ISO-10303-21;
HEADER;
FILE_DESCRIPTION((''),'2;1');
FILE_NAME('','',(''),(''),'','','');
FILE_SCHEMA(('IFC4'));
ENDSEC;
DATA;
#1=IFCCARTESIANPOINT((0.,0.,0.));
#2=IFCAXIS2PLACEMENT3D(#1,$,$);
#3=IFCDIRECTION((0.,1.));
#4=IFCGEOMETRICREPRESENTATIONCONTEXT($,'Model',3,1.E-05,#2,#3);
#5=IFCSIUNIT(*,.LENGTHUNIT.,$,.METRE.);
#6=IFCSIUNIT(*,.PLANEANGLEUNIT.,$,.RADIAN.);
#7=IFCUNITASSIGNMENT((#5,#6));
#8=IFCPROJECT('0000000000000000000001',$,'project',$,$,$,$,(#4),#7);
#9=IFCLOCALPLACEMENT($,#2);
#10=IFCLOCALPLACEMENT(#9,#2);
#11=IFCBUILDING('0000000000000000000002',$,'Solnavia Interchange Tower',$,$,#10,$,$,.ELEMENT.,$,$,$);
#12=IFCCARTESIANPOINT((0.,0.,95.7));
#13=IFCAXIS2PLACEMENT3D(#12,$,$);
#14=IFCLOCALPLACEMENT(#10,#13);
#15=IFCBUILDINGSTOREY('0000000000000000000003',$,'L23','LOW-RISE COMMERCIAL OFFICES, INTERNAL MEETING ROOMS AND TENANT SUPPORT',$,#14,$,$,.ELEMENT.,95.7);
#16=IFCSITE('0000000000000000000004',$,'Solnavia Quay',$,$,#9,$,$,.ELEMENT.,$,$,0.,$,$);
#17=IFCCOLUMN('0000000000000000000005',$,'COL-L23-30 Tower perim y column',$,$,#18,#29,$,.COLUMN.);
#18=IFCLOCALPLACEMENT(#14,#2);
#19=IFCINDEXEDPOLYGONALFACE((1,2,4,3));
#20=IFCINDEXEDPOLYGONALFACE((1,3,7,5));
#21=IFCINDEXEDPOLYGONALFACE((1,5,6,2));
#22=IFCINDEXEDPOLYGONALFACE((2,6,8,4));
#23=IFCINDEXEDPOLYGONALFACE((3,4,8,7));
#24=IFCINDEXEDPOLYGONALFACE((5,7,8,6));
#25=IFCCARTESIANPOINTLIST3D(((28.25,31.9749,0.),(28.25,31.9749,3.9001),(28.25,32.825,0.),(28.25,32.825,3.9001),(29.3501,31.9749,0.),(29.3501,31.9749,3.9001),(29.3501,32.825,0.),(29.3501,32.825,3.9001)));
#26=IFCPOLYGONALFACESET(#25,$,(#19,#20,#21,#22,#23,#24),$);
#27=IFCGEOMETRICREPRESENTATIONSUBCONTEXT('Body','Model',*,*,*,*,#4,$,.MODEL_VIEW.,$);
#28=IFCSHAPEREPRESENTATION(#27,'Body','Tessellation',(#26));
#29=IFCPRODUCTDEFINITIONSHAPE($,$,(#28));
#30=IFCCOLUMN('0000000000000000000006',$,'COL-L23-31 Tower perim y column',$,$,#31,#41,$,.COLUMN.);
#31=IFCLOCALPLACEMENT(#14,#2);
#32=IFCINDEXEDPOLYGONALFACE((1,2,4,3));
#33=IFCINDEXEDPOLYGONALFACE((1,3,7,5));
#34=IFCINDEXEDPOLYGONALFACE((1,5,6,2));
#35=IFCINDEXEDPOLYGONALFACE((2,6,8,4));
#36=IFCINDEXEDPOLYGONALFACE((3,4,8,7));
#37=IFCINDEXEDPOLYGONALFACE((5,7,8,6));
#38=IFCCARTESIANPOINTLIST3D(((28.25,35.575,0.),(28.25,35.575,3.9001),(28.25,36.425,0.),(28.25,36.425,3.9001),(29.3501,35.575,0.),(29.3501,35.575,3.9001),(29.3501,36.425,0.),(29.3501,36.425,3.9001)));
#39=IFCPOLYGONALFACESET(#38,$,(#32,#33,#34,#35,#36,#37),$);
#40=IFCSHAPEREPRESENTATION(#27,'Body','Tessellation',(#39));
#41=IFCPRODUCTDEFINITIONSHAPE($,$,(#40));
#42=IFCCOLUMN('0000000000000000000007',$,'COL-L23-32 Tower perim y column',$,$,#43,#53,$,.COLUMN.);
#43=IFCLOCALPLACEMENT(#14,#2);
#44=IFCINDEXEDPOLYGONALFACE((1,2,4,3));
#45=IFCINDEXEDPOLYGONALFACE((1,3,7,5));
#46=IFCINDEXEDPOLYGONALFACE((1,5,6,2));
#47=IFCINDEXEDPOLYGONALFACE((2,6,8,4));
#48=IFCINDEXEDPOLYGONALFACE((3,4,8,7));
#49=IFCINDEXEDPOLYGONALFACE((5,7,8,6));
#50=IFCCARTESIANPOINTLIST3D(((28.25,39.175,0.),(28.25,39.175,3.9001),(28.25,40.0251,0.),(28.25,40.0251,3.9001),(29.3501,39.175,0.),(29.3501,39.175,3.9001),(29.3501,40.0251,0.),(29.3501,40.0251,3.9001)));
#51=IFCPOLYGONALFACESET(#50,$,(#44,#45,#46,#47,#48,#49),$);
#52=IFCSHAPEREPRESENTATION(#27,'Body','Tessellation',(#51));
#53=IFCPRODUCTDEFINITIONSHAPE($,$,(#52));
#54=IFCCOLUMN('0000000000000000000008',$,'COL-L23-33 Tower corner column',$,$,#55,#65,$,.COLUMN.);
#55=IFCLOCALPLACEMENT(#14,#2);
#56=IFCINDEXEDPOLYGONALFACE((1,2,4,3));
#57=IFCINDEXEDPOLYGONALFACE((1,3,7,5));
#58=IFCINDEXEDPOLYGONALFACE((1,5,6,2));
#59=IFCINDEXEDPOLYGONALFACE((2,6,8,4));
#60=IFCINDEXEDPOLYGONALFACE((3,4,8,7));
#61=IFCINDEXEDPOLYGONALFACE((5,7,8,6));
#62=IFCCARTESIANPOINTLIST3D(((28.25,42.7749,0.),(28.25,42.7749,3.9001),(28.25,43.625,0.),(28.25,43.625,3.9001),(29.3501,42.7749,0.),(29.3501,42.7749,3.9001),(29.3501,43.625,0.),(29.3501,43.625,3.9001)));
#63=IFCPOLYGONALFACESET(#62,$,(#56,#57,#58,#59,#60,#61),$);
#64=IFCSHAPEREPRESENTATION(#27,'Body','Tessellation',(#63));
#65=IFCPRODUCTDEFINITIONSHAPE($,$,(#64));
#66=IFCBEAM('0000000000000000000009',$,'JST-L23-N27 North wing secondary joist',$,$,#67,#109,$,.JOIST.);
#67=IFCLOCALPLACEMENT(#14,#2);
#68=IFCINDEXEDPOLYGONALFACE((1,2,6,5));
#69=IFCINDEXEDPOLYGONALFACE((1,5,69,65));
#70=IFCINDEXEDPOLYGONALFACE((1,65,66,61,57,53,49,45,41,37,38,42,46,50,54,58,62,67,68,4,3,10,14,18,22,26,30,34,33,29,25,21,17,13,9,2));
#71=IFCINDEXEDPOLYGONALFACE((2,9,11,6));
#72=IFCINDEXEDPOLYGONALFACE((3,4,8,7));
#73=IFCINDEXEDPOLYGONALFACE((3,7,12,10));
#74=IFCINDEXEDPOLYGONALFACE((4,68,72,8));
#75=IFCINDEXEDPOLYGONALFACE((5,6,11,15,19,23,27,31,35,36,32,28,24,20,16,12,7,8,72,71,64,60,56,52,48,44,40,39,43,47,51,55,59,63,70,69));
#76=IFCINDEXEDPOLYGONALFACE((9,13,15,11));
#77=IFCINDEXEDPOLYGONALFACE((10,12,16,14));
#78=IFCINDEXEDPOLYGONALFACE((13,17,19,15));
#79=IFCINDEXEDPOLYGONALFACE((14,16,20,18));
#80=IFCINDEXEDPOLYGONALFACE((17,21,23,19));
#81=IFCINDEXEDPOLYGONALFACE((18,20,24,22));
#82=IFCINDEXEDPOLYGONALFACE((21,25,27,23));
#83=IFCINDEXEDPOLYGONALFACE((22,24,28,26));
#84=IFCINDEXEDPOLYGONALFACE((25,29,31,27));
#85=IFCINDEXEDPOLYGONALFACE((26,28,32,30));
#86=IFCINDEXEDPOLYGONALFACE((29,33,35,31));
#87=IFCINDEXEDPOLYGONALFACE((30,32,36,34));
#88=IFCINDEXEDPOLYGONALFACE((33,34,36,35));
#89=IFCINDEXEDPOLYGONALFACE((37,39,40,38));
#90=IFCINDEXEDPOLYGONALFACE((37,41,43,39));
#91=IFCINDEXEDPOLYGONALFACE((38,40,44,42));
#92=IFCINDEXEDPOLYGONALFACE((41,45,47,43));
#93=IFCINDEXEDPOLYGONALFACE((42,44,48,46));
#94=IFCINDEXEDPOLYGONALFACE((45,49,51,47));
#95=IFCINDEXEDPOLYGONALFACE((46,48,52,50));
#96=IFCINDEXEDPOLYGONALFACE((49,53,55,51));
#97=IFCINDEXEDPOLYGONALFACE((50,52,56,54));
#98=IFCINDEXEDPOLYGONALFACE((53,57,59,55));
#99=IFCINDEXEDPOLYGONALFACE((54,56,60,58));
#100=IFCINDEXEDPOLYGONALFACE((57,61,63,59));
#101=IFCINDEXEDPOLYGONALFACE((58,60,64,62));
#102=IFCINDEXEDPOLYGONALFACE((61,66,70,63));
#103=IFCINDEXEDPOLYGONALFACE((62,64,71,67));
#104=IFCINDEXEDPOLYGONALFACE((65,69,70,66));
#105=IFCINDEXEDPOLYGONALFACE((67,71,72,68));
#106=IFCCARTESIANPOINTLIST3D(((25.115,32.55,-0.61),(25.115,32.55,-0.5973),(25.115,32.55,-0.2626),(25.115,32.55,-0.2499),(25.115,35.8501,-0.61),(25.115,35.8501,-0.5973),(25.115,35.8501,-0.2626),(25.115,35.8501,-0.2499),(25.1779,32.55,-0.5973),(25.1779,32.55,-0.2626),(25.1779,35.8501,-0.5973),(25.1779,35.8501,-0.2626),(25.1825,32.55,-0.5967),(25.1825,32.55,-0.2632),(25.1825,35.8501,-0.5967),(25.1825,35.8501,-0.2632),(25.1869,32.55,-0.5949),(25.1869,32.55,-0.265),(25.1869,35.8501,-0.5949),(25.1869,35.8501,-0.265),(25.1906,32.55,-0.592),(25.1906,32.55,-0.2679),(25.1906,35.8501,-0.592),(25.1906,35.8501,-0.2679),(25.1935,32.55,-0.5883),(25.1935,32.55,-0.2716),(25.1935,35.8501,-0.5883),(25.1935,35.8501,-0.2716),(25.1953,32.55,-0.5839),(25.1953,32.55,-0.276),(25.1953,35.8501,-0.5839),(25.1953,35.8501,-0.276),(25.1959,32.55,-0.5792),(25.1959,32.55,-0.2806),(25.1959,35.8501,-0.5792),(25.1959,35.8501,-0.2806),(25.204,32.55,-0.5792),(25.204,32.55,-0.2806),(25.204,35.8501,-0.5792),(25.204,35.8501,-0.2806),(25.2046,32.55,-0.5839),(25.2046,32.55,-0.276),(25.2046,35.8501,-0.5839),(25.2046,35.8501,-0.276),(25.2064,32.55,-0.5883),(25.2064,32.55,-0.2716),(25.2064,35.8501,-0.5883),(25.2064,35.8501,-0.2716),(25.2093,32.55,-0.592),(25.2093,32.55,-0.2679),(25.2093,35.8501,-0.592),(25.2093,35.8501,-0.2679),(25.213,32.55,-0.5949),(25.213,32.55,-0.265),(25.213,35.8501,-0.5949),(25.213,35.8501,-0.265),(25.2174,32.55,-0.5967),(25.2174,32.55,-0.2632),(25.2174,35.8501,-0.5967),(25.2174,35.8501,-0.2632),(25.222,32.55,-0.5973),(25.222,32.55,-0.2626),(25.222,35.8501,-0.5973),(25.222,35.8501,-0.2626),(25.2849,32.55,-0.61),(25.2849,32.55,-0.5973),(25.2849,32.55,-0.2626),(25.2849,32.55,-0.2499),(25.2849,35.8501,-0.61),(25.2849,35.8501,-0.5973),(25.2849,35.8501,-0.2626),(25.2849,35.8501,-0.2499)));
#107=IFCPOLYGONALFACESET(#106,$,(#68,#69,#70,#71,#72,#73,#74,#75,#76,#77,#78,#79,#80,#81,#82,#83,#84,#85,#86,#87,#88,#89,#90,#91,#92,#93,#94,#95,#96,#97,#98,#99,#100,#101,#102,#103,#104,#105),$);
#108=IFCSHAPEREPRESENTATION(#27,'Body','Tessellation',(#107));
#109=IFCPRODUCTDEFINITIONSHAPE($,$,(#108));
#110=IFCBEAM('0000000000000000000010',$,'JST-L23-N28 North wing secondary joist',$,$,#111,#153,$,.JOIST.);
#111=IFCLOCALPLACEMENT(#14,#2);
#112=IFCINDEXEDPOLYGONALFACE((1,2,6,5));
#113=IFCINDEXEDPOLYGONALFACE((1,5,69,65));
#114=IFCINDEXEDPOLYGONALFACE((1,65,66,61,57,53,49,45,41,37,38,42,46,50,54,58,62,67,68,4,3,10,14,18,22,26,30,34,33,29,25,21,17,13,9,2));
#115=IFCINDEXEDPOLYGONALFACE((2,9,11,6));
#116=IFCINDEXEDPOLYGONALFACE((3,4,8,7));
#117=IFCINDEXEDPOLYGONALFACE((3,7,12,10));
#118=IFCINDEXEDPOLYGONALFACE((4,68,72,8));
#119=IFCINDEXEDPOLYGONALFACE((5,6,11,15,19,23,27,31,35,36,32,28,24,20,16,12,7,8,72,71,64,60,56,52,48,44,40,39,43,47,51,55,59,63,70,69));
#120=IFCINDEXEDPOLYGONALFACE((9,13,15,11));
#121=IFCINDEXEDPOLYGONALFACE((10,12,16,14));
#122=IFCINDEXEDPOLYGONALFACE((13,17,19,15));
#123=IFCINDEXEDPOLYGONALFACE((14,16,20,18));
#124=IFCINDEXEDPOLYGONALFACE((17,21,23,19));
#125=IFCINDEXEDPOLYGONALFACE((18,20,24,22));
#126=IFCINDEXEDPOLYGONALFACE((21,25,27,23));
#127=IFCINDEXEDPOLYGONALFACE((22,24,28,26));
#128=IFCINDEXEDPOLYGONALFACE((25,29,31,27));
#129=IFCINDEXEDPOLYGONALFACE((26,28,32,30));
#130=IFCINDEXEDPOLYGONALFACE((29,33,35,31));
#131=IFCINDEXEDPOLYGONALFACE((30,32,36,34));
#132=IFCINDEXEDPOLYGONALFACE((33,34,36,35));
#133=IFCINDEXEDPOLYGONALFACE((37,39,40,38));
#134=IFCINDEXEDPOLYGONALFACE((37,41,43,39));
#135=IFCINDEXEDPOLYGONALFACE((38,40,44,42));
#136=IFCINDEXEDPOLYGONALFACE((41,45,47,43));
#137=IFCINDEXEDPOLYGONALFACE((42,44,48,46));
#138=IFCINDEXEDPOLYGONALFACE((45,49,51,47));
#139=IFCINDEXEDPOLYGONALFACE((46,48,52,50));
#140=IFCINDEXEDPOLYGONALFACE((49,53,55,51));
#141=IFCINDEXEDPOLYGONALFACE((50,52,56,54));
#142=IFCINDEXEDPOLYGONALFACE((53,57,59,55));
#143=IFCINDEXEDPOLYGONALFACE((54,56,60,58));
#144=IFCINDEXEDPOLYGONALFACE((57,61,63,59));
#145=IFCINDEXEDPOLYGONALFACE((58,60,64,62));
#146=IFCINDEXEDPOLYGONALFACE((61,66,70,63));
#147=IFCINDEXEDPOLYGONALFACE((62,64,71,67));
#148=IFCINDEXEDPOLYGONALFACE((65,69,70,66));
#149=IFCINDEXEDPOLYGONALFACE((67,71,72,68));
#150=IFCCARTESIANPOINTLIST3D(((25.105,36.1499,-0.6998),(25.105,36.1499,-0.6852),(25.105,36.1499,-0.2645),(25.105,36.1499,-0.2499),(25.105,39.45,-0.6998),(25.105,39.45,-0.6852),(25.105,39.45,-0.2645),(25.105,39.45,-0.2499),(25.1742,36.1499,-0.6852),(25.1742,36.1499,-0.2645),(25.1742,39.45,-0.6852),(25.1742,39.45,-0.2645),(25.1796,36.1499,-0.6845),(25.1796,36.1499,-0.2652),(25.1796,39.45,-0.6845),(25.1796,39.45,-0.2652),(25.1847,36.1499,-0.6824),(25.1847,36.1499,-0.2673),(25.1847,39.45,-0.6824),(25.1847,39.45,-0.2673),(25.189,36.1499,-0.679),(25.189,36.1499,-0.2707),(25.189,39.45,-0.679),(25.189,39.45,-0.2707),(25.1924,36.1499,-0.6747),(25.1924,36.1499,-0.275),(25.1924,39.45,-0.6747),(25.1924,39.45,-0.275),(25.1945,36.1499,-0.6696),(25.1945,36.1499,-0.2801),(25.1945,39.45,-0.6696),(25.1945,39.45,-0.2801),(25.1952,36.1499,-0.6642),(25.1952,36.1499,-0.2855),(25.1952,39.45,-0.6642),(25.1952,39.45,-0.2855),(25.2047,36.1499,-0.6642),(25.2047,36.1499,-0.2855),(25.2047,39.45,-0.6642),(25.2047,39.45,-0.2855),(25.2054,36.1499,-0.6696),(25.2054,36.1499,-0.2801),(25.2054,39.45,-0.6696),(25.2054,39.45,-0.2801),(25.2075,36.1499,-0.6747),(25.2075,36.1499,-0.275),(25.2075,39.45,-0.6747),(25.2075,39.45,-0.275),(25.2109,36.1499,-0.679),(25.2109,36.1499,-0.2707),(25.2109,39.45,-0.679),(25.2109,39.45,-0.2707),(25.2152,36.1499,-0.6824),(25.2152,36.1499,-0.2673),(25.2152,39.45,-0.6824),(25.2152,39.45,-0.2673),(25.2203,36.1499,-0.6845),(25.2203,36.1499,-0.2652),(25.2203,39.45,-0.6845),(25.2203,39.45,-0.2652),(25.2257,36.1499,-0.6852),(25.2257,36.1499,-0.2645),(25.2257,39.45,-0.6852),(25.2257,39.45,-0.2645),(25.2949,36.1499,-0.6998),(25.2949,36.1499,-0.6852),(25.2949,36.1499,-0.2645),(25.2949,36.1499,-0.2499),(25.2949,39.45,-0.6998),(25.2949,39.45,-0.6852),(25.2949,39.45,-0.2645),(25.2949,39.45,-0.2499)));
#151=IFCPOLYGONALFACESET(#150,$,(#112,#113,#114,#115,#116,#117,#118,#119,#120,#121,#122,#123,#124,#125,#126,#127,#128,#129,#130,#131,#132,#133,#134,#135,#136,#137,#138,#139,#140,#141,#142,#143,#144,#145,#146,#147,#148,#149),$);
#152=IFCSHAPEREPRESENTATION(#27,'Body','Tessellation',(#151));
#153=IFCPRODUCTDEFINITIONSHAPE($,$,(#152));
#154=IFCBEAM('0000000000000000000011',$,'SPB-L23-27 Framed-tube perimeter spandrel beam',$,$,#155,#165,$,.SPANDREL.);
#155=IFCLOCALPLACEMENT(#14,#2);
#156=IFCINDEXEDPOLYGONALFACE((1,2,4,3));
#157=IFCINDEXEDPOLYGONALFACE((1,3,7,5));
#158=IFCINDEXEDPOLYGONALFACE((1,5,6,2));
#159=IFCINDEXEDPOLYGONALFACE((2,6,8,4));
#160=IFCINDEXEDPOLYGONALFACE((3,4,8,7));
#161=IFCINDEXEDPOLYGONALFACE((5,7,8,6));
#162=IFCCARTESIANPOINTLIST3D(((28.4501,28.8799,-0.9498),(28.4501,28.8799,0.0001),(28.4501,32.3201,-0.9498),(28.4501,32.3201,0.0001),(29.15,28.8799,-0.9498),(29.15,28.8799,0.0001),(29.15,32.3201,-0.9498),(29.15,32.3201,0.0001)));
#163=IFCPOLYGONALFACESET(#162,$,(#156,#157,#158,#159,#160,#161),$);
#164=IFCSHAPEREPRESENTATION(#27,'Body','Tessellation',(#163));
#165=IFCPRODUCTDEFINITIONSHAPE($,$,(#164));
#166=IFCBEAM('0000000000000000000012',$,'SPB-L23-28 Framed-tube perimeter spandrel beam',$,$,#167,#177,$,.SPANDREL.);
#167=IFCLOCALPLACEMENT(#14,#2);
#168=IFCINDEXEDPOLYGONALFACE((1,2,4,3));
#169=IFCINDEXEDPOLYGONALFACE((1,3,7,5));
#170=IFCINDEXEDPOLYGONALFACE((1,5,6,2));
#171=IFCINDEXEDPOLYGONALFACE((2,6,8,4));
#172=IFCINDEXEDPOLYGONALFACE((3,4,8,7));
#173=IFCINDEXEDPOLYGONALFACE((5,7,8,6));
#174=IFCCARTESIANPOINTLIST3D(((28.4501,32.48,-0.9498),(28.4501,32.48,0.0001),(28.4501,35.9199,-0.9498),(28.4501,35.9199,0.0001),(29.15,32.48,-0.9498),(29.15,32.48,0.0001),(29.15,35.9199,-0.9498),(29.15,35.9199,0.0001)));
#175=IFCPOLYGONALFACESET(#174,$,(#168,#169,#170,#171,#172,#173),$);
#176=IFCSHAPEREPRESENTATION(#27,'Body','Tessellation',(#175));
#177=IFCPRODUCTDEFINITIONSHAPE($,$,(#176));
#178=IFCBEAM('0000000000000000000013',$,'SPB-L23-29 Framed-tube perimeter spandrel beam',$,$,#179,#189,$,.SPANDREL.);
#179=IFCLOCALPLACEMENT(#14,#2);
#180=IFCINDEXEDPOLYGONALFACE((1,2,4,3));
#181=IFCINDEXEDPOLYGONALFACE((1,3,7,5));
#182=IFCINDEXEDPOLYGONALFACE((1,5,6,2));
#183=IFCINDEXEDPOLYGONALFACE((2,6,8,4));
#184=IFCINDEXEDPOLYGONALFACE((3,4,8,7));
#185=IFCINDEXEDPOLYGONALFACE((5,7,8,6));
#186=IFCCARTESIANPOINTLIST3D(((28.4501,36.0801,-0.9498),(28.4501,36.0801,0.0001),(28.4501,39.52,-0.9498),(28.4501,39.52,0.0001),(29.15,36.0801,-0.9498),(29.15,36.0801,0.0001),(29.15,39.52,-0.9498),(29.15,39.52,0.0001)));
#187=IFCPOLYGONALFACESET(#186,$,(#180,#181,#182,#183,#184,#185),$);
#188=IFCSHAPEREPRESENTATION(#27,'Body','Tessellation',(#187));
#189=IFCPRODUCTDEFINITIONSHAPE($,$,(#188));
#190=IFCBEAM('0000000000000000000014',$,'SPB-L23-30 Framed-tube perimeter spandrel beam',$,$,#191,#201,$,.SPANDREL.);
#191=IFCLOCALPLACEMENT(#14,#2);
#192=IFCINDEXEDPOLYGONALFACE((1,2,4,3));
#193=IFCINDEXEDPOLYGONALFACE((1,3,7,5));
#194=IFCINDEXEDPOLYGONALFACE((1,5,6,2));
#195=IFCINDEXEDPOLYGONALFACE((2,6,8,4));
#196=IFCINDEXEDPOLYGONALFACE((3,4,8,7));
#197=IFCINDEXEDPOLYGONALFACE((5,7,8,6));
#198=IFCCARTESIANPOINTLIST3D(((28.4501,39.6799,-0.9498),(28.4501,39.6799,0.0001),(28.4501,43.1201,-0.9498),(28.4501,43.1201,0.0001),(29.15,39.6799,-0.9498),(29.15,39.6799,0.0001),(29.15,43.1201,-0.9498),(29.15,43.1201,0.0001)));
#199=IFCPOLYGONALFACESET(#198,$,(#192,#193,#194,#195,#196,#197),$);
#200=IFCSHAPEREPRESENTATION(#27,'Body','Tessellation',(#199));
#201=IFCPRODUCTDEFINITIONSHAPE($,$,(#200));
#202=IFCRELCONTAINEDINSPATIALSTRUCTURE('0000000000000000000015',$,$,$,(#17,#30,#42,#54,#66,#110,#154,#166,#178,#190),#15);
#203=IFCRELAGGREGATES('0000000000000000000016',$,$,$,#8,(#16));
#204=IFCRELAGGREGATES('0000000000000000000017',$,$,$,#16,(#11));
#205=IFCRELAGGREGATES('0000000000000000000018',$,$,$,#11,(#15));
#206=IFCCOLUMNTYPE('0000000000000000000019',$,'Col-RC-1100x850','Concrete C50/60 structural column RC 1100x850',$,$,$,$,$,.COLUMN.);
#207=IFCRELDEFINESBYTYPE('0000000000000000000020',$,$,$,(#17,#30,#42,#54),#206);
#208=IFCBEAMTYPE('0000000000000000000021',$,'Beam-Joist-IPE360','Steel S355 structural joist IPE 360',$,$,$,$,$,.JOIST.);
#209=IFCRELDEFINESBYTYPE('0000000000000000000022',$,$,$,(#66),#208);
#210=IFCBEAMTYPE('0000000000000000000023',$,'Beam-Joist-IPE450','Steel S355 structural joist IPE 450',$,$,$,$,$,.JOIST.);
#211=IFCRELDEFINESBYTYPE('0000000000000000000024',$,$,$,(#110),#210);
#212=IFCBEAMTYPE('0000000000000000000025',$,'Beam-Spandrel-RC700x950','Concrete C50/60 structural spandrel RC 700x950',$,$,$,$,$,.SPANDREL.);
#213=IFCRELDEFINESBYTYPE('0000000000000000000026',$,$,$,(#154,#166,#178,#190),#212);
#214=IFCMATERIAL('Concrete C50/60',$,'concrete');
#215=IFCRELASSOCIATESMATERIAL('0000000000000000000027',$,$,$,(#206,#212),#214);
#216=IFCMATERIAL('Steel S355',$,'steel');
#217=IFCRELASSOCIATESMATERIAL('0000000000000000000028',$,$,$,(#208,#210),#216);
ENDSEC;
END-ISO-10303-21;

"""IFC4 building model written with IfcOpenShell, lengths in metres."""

from ifc_helpers import new_model, si_unit, direction, frame, origin, origin_2d, place, context, subcontext, project, spatial, rectangle, i_section, extrude, material, material_profile, profile_set, type_object, element, save


model = new_model("IFC4")

# Units and contexts
model_context = context("Model", 3, precision=1e-05, world=origin(), true_north=direction((0.0, 1.0)))
body_context = subcontext(model_context, "Body", "Model", "MODEL_VIEW")
ifc_project = project(units=[si_unit("LENGTHUNIT", "METRE"), si_unit("PLANEANGLEUNIT", "RADIAN")], contexts=[model_context])

# Site, building, storey
site_placement = place(None, origin())
site = spatial("IfcSite", under=ifc_project, at=site_placement, Name="Solnavia Quay", CompositionType="ELEMENT", RefElevation=0.0)
building_placement = place(site_placement, origin())
building = spatial("IfcBuilding", under=site, at=building_placement, Name="Solnavia Interchange Tower", CompositionType="ELEMENT")
storey_placement = place(building_placement, frame((0.0, 0.0, 95.7)))
storey = spatial("IfcBuildingStorey", under=building, at=storey_placement, Name="L23", Description="LOW-RISE COMMERCIAL OFFICES, INTERNAL MEETING ROOMS AND TENANT SUPPORT", CompositionType="ELEMENT", Elevation=95.7)

# Columns
ifc_material_1 = material(Name="Concrete C50/60", Category="concrete")
ifc_material_profile_1 = material_profile(ifc_material_1, rectangle(XDim=0.8501, YDim=1.1001, at=origin_2d()), Name="RC 1100x850")
ifc_profile_set_1 = profile_set([ifc_material_profile_1], Name="Concrete C50/60")
column_type = type_object("IfcColumnType", Name="Col-RC-1100x850", Description="Concrete C50/60 structural column RC 1100x850", PredefinedType="COLUMN", material=ifc_profile_set_1)
for number, where, z_axis, x_axis, name in (
    (1, (28.8, 32.3999, 0.0), (0.0, 0.0, 1.0), (0.0, 1.0, 0.0), "COL-L23-30 Tower perim y column"),
    (2, (28.8, 36.0, 0.0), (0.0, 0.0, 1.0), (0.0, 1.0, 0.0), "COL-L23-31 Tower perim y column"),
    (3, (28.8, 39.6001, 0.0), (0.0, 0.0, 1.0), (0.0, 1.0, 0.0), "COL-L23-32 Tower perim y column"),
    (4, (28.8, 43.2, 0.0), (0.0, 0.0, 1.0), (0.0, 1.0, 0.0), "COL-L23-33 Tower corner column"),
):
    element("IfcColumn", number, at=place(storey_placement, frame(where, z_axis=z_axis, x_axis=x_axis)), inside=storey, type_object=column_type, Name=name, PredefinedType="COLUMN", context=body_context, shape_type="SweptSolid", body=[
        extrude(rectangle(XDim=0.8501, YDim=1.1001, at=origin_2d()), origin(), (0.0, 0.0, 1.0), 3.9001),
    ])

# Beams
ifc_material_2 = material(Name="Steel S355", Category="steel")
ifc_material_profile_2 = material_profile(ifc_material_2, i_section(OverallWidth=0.1699, OverallDepth=0.3601, WebThickness=0.0081, FlangeThickness=0.0127, FilletRadius=0.0181, at=origin_2d()), Name="IPE 360")
ifc_profile_set_2 = profile_set([ifc_material_profile_2], Name="Steel S355")
beam_type_1 = type_object("IfcBeamType", Name="Beam-Joist-IPE360", Description="Steel S355 structural joist IPE 360", PredefinedType="JOIST", material=ifc_profile_set_2)
beam_1_placement = place(storey_placement, frame((25.2, 32.55, -0.4299), z_axis=(0.0, 1.0, 0.0), x_axis=(-1.0, 0.0, 0.0)))
element("IfcBeam", 5, at=beam_1_placement, inside=storey, type_object=beam_type_1, Name="JST-L23-N27 North wing secondary joist", PredefinedType="JOIST", context=body_context, shape_type="SweptSolid", body=[
    extrude(i_section(OverallWidth=0.1699, OverallDepth=0.3601, WebThickness=0.0081, FlangeThickness=0.0127, FilletRadius=0.0181, at=origin_2d()), origin(), (0.0, 0.0, 1.0), 3.3),
])
ifc_material_profile_3 = material_profile(ifc_material_2, i_section(OverallWidth=0.1899, OverallDepth=0.45, WebThickness=0.0095, FlangeThickness=0.0146, FilletRadius=0.021, at=origin_2d()), Name="IPE 450")
ifc_profile_set_3 = profile_set([ifc_material_profile_3], Name="Steel S355")
beam_type_2 = type_object("IfcBeamType", Name="Beam-Joist-IPE450", Description="Steel S355 structural joist IPE 450", PredefinedType="JOIST", material=ifc_profile_set_3)
beam_2_placement = place(storey_placement, frame((25.2, 36.1499, -0.4749), z_axis=(0.0, 1.0, 0.0), x_axis=(-1.0, 0.0, 0.0)))
element("IfcBeam", 6, at=beam_2_placement, inside=storey, type_object=beam_type_2, Name="JST-L23-N28 North wing secondary joist", PredefinedType="JOIST", context=body_context, shape_type="SweptSolid", body=[
    extrude(i_section(OverallWidth=0.1899, OverallDepth=0.45, WebThickness=0.0095, FlangeThickness=0.0146, FilletRadius=0.021, at=origin_2d()), origin(), (0.0, 0.0, 1.0), 3.3),
])
ifc_material_profile_4 = material_profile(ifc_material_1, rectangle(XDim=0.7, YDim=0.95, at=origin_2d()), Name="RC 700x950")
ifc_profile_set_4 = profile_set([ifc_material_profile_4], Name="Concrete C50/60")
beam_type_3 = type_object("IfcBeamType", Name="Beam-Spandrel-RC700x950", Description="Concrete C50/60 structural spandrel RC 700x950", PredefinedType="SPANDREL", material=ifc_profile_set_4)
beam_3_placement = place(storey_placement, frame((28.8, 28.8799, -0.4749), z_axis=(0.0, 1.0, 0.0), x_axis=(-1.0, 0.0, 0.0)))
element("IfcBeam", 7, at=beam_3_placement, inside=storey, type_object=beam_type_3, Name="SPB-L23-27 Framed-tube perimeter spandrel beam", PredefinedType="SPANDREL", context=body_context, shape_type="SweptSolid", body=[
    extrude(rectangle(XDim=0.7, YDim=0.95, at=origin_2d()), origin(), (0.0, 0.0, 1.0), 3.4402),
])
for number, where, z_axis, x_axis, name in (
    (8, (28.8, 32.48, -0.4749), (0.0, 1.0, 0.0), (-1.0, 0.0, 0.0), "SPB-L23-28 Framed-tube perimeter spandrel beam"),
    (9, (28.8, 36.0801, -0.4749), (0.0, 1.0, 0.0), (-1.0, 0.0, 0.0), "SPB-L23-29 Framed-tube perimeter spandrel beam"),
):
    element("IfcBeam", number, at=place(storey_placement, frame(where, z_axis=z_axis, x_axis=x_axis)), inside=storey, type_object=beam_type_3, Name=name, PredefinedType="SPANDREL", context=body_context, shape_type="SweptSolid", body=[
        extrude(rectangle(XDim=0.7, YDim=0.95, at=origin_2d()), origin(), (0.0, 0.0, 1.0), 3.4399),
    ])
beam_4_placement = place(storey_placement, frame((28.8, 39.6799, -0.4749), z_axis=(0.0, 1.0, 0.0), x_axis=(-1.0, 0.0, 0.0)))
element("IfcBeam", 10, at=beam_4_placement, inside=storey, type_object=beam_type_3, Name="SPB-L23-30 Framed-tube perimeter spandrel beam", PredefinedType="SPANDREL", context=body_context, shape_type="SweptSolid", body=[
    extrude(rectangle(XDim=0.7, YDim=0.95, at=origin_2d()), origin(), (0.0, 0.0, 1.0), 3.4402),
])

save(model, "model.ifc")
